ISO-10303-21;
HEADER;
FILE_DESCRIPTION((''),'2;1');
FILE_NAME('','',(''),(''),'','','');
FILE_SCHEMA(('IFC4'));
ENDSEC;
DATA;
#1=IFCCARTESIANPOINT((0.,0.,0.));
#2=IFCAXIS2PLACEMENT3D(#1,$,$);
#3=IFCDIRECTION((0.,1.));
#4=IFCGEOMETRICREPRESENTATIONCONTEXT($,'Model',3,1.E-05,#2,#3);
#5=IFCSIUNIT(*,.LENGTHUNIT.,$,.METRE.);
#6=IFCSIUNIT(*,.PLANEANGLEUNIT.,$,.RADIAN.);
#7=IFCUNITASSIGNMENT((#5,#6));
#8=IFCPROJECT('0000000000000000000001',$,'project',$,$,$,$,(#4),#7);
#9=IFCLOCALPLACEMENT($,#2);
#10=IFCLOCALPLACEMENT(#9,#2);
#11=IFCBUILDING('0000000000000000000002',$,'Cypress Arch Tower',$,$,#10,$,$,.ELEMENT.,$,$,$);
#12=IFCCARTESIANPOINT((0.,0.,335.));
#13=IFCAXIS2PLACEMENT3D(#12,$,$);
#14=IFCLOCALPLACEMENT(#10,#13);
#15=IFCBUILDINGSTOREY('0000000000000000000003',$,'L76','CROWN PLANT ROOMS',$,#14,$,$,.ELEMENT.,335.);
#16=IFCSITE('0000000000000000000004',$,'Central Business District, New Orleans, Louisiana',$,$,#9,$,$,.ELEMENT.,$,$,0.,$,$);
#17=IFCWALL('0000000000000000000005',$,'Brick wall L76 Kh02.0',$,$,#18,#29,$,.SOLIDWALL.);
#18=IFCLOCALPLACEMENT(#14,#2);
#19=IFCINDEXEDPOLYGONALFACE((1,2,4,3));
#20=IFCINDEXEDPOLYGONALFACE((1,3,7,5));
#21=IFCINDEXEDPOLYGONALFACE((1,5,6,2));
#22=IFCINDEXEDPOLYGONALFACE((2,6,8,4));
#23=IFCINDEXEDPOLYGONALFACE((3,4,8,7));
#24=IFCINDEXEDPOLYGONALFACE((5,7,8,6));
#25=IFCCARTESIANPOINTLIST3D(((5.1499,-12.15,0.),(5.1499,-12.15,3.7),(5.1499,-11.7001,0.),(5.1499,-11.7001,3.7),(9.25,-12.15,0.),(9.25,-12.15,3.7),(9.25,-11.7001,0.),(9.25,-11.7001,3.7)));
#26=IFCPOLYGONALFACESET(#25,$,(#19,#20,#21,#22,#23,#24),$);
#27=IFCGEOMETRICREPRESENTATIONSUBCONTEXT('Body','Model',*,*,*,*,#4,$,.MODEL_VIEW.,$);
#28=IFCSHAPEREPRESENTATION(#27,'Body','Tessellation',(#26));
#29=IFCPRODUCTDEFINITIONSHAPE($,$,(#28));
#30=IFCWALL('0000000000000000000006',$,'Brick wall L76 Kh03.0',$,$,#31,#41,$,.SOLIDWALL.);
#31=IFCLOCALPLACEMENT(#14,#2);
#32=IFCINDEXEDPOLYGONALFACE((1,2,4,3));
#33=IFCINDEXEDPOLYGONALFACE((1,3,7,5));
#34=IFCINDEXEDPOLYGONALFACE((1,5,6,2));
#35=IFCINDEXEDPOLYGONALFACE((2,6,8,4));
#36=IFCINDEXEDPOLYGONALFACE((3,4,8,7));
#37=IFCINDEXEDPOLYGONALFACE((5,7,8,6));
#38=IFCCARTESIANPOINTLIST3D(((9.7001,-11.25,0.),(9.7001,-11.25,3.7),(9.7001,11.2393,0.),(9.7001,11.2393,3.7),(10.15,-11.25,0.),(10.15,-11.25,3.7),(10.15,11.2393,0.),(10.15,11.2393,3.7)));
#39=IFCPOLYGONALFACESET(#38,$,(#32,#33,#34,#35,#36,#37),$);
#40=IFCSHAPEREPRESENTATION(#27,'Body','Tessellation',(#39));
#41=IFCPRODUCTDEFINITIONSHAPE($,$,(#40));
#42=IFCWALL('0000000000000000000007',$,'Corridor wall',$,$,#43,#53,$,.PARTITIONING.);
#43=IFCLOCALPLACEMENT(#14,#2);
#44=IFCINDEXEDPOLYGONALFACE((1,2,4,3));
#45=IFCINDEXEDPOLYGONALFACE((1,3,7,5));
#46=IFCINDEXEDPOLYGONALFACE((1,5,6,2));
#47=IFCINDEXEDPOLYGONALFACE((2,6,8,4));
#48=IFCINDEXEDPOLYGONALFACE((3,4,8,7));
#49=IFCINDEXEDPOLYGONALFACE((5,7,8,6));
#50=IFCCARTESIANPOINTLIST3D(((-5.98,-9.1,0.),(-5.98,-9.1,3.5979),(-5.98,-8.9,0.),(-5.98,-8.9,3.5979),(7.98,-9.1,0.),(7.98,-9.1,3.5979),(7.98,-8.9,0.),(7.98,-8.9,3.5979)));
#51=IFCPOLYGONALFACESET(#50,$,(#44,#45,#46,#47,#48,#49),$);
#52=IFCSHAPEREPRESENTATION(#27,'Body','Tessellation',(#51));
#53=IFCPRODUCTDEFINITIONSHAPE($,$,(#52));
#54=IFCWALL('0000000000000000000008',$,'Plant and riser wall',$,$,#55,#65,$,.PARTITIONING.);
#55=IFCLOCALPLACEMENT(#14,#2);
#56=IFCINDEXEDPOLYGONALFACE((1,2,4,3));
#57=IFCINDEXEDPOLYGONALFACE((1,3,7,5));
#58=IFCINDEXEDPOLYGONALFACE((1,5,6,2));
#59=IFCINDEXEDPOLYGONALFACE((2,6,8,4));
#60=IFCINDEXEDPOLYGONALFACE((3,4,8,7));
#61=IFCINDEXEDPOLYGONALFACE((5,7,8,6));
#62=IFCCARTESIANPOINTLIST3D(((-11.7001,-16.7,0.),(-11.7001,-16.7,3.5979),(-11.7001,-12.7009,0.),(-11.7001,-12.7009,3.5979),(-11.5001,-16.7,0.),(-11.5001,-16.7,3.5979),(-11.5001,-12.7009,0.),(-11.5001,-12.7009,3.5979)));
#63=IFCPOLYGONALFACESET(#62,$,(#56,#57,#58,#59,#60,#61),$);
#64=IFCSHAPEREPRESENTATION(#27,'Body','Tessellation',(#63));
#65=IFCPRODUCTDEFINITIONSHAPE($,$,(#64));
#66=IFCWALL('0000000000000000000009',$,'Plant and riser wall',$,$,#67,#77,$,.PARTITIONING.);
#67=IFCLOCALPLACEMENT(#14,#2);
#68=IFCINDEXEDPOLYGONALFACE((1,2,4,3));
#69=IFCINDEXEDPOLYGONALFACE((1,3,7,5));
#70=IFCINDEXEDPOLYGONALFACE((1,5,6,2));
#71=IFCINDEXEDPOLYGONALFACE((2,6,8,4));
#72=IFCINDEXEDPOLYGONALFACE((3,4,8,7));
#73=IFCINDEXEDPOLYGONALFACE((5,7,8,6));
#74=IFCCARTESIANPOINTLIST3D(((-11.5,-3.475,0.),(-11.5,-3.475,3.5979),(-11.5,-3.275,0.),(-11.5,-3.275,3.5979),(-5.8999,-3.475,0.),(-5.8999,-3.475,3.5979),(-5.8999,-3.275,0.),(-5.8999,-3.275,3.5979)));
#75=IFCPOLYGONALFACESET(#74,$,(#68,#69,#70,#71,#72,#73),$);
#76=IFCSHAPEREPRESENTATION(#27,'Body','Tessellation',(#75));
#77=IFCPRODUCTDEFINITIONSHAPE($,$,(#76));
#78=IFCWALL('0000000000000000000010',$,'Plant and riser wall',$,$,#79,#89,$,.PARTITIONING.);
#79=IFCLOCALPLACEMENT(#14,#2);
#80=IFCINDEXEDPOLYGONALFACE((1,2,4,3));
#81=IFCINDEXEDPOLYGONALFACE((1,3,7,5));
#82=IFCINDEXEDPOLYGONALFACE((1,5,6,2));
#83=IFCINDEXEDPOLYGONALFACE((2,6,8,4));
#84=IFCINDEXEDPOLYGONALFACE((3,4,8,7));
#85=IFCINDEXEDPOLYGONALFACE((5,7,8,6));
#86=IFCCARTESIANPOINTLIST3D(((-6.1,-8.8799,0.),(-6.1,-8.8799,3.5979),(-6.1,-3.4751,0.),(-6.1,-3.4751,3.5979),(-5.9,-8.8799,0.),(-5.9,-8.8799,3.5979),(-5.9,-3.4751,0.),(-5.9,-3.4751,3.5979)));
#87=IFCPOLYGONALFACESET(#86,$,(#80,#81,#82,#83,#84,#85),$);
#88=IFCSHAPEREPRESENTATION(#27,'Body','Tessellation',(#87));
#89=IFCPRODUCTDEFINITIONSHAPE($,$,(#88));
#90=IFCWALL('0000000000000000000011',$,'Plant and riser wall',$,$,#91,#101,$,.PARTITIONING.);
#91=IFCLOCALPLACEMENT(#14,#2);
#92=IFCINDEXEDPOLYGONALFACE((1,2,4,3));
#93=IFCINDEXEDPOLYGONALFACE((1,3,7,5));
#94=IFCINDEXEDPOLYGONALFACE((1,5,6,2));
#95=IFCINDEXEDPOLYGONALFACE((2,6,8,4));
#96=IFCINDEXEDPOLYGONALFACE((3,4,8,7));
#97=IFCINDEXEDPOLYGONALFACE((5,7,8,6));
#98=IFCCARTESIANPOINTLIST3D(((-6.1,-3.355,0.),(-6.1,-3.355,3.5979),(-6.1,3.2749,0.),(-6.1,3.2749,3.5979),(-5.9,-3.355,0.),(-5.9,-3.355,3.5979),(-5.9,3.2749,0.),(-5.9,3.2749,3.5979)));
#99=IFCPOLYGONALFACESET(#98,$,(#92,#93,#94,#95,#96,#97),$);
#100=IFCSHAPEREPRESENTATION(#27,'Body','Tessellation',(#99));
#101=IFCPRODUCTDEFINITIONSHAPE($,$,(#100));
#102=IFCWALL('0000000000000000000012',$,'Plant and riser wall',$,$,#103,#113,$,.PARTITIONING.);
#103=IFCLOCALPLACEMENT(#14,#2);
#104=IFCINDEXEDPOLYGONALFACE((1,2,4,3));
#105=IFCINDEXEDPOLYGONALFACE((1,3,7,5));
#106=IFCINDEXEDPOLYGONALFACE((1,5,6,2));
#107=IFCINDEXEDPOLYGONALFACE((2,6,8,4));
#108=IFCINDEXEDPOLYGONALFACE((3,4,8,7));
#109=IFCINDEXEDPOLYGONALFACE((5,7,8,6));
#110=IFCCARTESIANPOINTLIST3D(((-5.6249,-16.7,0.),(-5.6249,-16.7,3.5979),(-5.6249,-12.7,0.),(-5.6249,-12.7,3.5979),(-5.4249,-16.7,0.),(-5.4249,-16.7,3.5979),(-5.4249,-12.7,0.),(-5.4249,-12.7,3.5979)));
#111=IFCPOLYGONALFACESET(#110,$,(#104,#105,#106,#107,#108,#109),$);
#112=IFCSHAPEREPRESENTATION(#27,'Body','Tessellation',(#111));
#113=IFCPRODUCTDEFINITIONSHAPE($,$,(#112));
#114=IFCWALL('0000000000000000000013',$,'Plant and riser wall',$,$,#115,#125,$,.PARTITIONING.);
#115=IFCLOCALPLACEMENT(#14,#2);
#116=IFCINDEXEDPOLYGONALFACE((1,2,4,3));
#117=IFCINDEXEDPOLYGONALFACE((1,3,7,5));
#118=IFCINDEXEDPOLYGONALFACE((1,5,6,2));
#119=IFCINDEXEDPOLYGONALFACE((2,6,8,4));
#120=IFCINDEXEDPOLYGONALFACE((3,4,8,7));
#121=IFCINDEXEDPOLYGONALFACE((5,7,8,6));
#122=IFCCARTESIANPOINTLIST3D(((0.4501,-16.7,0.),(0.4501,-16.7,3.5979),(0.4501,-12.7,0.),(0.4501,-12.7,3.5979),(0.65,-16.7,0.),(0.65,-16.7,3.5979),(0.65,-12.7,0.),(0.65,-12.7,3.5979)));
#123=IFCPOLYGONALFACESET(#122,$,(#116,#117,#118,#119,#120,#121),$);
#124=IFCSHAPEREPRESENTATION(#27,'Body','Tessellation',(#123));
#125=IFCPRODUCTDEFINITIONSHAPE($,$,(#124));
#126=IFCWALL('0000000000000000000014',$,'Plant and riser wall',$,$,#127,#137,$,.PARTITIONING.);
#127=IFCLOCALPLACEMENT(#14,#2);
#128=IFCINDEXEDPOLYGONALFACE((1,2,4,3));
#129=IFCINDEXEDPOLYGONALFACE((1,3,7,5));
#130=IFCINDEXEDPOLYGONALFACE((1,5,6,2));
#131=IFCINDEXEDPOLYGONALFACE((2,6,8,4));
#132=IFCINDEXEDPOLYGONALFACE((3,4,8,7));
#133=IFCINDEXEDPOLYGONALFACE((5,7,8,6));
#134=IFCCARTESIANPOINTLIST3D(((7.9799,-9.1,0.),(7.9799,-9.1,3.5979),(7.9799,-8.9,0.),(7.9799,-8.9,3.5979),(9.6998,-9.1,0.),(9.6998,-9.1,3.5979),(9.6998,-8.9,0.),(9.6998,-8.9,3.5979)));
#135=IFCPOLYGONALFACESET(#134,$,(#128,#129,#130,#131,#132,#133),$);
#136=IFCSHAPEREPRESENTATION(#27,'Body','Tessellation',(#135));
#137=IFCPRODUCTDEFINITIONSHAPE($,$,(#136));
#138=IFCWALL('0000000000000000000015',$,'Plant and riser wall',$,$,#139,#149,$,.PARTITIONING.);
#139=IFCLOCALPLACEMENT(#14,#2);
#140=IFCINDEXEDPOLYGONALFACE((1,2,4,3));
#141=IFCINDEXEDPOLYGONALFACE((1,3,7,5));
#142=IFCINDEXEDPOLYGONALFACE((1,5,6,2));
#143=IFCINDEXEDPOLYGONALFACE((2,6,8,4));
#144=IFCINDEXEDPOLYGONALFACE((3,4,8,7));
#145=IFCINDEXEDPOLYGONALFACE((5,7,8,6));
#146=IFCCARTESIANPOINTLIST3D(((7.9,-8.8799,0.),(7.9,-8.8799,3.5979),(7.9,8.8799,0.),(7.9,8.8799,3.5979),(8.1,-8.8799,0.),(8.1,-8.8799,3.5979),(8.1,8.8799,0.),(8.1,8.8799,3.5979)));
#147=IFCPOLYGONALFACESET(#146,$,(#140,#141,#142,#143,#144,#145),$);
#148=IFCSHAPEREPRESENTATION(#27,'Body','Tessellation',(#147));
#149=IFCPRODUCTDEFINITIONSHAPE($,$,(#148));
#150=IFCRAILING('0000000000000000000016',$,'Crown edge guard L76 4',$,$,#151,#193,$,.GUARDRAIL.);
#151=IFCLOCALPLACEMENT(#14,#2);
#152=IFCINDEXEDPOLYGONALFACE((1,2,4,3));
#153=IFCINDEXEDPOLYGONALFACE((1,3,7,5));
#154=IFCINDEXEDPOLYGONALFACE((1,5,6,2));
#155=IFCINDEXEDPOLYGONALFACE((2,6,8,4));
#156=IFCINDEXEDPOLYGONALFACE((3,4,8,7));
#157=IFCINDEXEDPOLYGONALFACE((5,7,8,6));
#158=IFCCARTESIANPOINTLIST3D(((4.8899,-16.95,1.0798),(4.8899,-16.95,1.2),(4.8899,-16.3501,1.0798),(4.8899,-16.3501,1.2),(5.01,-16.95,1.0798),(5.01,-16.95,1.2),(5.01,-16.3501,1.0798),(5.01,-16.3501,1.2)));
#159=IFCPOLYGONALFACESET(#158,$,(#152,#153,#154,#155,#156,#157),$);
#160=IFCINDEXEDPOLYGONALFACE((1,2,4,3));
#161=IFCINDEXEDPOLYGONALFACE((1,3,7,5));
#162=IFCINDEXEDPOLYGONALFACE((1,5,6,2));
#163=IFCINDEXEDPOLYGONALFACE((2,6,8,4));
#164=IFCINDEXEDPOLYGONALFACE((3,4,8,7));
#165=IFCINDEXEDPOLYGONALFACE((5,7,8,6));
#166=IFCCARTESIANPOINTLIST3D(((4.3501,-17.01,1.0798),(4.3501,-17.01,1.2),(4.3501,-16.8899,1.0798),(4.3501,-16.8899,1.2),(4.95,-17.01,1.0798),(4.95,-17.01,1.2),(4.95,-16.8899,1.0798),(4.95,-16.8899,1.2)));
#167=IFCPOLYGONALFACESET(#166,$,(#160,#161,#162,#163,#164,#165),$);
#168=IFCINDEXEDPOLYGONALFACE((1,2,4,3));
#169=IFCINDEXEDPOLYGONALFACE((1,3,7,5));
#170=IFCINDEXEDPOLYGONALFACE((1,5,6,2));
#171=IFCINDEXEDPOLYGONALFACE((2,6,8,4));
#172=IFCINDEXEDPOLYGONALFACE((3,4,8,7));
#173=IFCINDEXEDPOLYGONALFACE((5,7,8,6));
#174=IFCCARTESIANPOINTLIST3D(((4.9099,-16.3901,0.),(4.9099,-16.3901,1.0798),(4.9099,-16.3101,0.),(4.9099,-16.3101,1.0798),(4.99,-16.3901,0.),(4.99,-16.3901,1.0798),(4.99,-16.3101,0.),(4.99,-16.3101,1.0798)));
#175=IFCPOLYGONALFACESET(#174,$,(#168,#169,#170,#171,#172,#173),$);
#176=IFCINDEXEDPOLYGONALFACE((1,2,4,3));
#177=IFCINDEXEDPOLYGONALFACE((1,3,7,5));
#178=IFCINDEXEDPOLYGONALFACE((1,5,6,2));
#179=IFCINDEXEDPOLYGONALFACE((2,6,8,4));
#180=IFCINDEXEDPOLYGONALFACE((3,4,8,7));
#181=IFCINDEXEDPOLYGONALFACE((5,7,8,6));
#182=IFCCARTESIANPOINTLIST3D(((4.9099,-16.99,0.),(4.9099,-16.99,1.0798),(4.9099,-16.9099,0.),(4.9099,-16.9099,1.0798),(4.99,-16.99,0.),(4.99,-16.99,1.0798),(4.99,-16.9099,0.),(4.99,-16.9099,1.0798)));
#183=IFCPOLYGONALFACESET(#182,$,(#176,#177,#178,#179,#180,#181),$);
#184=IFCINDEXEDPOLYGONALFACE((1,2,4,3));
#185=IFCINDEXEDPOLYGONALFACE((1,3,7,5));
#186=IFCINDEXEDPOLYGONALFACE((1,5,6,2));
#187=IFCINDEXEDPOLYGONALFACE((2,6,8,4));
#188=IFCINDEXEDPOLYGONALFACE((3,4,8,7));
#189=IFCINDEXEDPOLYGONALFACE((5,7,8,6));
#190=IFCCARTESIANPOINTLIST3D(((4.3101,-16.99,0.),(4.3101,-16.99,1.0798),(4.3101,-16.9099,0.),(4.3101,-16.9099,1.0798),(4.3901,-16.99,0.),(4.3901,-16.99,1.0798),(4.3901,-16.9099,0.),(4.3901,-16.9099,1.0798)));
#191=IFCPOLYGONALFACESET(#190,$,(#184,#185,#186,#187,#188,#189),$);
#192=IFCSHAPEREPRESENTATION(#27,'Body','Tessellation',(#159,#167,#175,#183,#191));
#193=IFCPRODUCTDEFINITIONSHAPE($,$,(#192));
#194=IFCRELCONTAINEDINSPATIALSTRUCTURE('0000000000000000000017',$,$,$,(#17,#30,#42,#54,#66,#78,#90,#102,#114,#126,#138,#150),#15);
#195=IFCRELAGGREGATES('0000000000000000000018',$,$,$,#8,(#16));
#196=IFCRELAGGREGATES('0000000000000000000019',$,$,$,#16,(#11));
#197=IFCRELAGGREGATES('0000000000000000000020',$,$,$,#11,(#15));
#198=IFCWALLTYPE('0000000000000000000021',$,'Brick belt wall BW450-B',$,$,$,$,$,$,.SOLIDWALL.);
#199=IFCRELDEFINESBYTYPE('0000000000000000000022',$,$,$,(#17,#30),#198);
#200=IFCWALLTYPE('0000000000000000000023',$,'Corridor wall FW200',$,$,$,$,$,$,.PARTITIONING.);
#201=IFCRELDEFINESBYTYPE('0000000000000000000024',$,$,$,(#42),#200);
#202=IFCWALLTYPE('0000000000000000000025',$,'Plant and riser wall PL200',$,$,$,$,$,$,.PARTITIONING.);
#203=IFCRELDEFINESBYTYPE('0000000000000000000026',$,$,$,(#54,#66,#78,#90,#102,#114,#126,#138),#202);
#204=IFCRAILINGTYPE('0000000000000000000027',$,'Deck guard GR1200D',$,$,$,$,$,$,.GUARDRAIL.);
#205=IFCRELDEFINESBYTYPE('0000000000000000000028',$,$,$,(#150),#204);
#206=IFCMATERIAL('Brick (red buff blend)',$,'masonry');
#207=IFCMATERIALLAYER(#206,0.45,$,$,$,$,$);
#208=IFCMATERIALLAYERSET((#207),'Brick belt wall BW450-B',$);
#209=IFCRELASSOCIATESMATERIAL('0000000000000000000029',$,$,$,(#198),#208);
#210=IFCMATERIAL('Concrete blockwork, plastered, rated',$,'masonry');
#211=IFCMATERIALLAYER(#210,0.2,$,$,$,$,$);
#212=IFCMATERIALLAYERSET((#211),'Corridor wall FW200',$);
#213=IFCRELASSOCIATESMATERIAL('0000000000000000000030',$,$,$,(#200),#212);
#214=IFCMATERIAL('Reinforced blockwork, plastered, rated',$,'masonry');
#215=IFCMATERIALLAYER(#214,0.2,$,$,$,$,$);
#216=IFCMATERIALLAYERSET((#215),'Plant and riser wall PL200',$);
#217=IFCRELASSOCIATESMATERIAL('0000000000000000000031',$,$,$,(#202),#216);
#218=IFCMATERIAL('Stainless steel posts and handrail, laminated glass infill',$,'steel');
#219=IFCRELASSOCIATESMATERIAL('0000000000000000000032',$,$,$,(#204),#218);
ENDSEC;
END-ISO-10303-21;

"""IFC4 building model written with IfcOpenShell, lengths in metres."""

from ifc_helpers import new_model, si_unit, direction, frame, frame_2d, origin, origin_2d, place, context, subcontext, project, spatial, rectangle, extrude, material, layer, layer_set, type_object, element, save


model = new_model("IFC4")

# Units and contexts
model_context = context("Model", 3, precision=1e-05, world=origin(), true_north=direction((0.0, 1.0)))
body_context = subcontext(model_context, "Body", "Model", "MODEL_VIEW")
ifc_project = project(units=[si_unit("LENGTHUNIT", "METRE"), si_unit("PLANEANGLEUNIT", "RADIAN")], contexts=[model_context])

# Site, building, storey
site_placement = place(None, origin())
site = spatial("IfcSite", under=ifc_project, at=site_placement, Name="Central Business District, New Orleans, Louisiana", CompositionType="ELEMENT", RefElevation=0.0)
building_placement = place(site_placement, origin())
building = spatial("IfcBuilding", under=site, at=building_placement, Name="Cypress Arch Tower", CompositionType="ELEMENT")
storey_placement = place(building_placement, frame((0.0, 0.0, 335.0)))
storey = spatial("IfcBuildingStorey", under=building, at=storey_placement, Name="L76", Description="CROWN PLANT ROOMS", CompositionType="ELEMENT", Elevation=335.0)

# Walls
ifc_material_1 = material(Name="Brick (red buff blend)", Category="masonry")
ifc_layer_1 = layer(ifc_material_1, 0.45)
ifc_layer_set_1 = layer_set([ifc_layer_1], Name="Brick belt wall BW450-B")
wall_type_1 = type_object("IfcWallType", Name="Brick belt wall BW450-B", PredefinedType="SOLIDWALL", material=ifc_layer_set_1)
for number, where, z_axis, x_axis, name in (
    (1, (5.1499, -11.925, 0.0), (0.0, 0.0, 1.0), (1.0, 0.0, 0.0), "Brick wall L76 Kh02.0"),
):
    element("IfcWall", number, at=place(storey_placement, frame(where, z_axis=z_axis, x_axis=x_axis)), inside=storey, type_object=wall_type_1, Name=name, PredefinedType="SOLIDWALL", context=body_context, shape_type="SweptSolid", body=[
        extrude(rectangle(XDim=4.1001, YDim=0.45, at=frame_2d((2.05, 0.0))), origin(), (0.0, 0.0, 1.0), 3.7),
    ])
wall_1_placement = place(storey_placement, frame((9.925, -11.25, 0.0), z_axis=(0.0, 0.0, 1.0), x_axis=(0.0, 1.0, 0.0)))
element("IfcWall", 2, at=wall_1_placement, inside=storey, type_object=wall_type_1, Name="Brick wall L76 Kh03.0", PredefinedType="SOLIDWALL", context=body_context, shape_type="SweptSolid", body=[
    extrude(rectangle(XDim=22.4893, YDim=0.45, at=frame_2d((11.2446, 0.0))), origin(), (0.0, 0.0, 1.0), 3.7),
])
ifc_material_2 = material(Name="Concrete blockwork, plastered, rated", Category="masonry")
ifc_layer_2 = layer(ifc_material_2, 0.2)
ifc_layer_set_2 = layer_set([ifc_layer_2], Name="Corridor wall FW200")
wall_type_2 = type_object("IfcWallType", Name="Corridor wall FW200", PredefinedType="PARTITIONING", material=ifc_layer_set_2)
wall_2_placement = place(storey_placement, frame((-5.98, -9.0, 0.0), z_axis=(0.0, 0.0, 1.0), x_axis=(1.0, 0.0, 0.0)))
element("IfcWall", 3, at=wall_2_placement, inside=storey, type_object=wall_type_2, Name="Corridor wall", PredefinedType="PARTITIONING", context=body_context, shape_type="SweptSolid", body=[
    extrude(rectangle(XDim=13.96, YDim=0.2, at=frame_2d((6.98, 0.0))), origin(), (0.0, 0.0, 1.0), 3.5979),
])
ifc_material_3 = material(Name="Reinforced blockwork, plastered, rated", Category="masonry")
ifc_layer_3 = layer(ifc_material_3, 0.2)
ifc_layer_set_3 = layer_set([ifc_layer_3], Name="Plant and riser wall PL200")
wall_type_3 = type_object("IfcWallType", Name="Plant and riser wall PL200", PredefinedType="PARTITIONING", material=ifc_layer_set_3)
wall_3_placement = place(storey_placement, frame((-11.6001, -16.7, 0.0), z_axis=(0.0, 0.0, 1.0), x_axis=(0.0, 1.0, 0.0)))
element("IfcWall", 4, at=wall_3_placement, inside=storey, type_object=wall_type_3, Name="Plant and riser wall", PredefinedType="PARTITIONING", context=body_context, shape_type="SweptSolid", body=[
    extrude(rectangle(XDim=3.999, YDim=0.2, at=frame_2d((1.9995, 0.0))), origin(), (0.0, 0.0, 1.0), 3.5979),
])

# Walls
wall_4_placement = place(storey_placement, frame((-11.5, -3.375, 0.0), z_axis=(0.0, 0.0, 1.0), x_axis=(1.0, 0.0, 0.0)))
element("IfcWall", 5, at=wall_4_placement, inside=storey, type_object=wall_type_3, Name="Plant and riser wall", PredefinedType="PARTITIONING", context=body_context, shape_type="SweptSolid", body=[
    extrude(rectangle(XDim=5.6001, YDim=0.2, at=frame_2d((2.8, 0.0))), origin(), (0.0, 0.0, 1.0), 3.5979),
])
wall_5_placement = place(storey_placement, frame((-6.0, -8.8799, 0.0), z_axis=(0.0, 0.0, 1.0), x_axis=(0.0, 1.0, 0.0)))
element("IfcWall", 6, at=wall_5_placement, inside=storey, type_object=wall_type_3, Name="Plant and riser wall", PredefinedType="PARTITIONING", context=body_context, shape_type="SweptSolid", body=[
    extrude(rectangle(XDim=5.4048, YDim=0.2, at=frame_2d((2.7024, 0.0))), origin(), (0.0, 0.0, 1.0), 3.5979),
])
wall_6_placement = place(storey_placement, frame((-6.0, -3.355, 0.0), z_axis=(0.0, 0.0, 1.0), x_axis=(0.0, 1.0, 0.0)))
element("IfcWall", 7, at=wall_6_placement, inside=storey, type_object=wall_type_3, Name="Plant and riser wall", PredefinedType="PARTITIONING", context=body_context, shape_type="SweptSolid", body=[
    extrude(rectangle(XDim=6.6299, YDim=0.2, at=frame_2d((3.3149, 0.0))), origin(), (0.0, 0.0, 1.0), 3.5979),
])
for number, where, z_axis, x_axis, name in (
    (8, (-5.5249, -16.7, 0.0), (0.0, 0.0, 1.0), (0.0, 1.0, 0.0), "Plant and riser wall"),
    (9, (0.55, -16.7, 0.0), (0.0, 0.0, 1.0), (0.0, 1.0, 0.0), "Plant and riser wall"),
):
    element("IfcWall", number, at=place(storey_placement, frame(where, z_axis=z_axis, x_axis=x_axis)), inside=storey, type_object=wall_type_3, Name=name, PredefinedType="PARTITIONING", context=body_context, shape_type="SweptSolid", body=[
        extrude(rectangle(XDim=4.0, YDim=0.2, at=frame_2d((2.0, 0.0))), origin(), (0.0, 0.0, 1.0), 3.5979),
    ])
wall_7_placement = place(storey_placement, frame((7.98, -9.0, 0.0), z_axis=(0.0, 0.0, 1.0), x_axis=(1.0, 0.0, 0.0)))
element("IfcWall", 10, at=wall_7_placement, inside=storey, type_object=wall_type_3, Name="Plant and riser wall", PredefinedType="PARTITIONING", context=body_context, shape_type="SweptSolid", body=[
    extrude(rectangle(XDim=1.72, YDim=0.2, at=frame_2d((0.8599, 0.0))), origin(), (0.0, 0.0, 1.0), 3.5979),
])
wall_8_placement = place(storey_placement, frame((8.0, -8.8799, 0.0), z_axis=(0.0, 0.0, 1.0), x_axis=(0.0, 1.0, 0.0)))
element("IfcWall", 11, at=wall_8_placement, inside=storey, type_object=wall_type_3, Name="Plant and riser wall", PredefinedType="PARTITIONING", context=body_context, shape_type="SweptSolid", body=[
    extrude(rectangle(XDim=17.7598, YDim=0.2, at=frame_2d((8.8799, 0.0))), origin(), (0.0, 0.0, 1.0), 3.5979),
])

# Railing
ifc_material_4 = material(Name="Stainless steel posts and handrail, laminated glass infill", Category="steel")
railing_type_1 = type_object("IfcRailingType", Name="Deck guard GR1200D", PredefinedType="GUARDRAIL", material=ifc_material_4)
railing_1_placement = place(storey_placement, frame((4.95, -16.3501, 0.0)))
element("IfcRailing", 12, at=railing_1_placement, inside=storey, type_object=railing_type_1, Name="Crown edge guard L76 4", PredefinedType="GUARDRAIL", context=body_context, shape_type="SweptSolid", body=[
    extrude(rectangle(XDim=0.1201, YDim=0.1201, at=origin_2d()), frame((0.0, 0.0, 1.1399), z_axis=(0.0, -1.0, 0.0), x_axis=(1.0, 0.0, 0.0)), (0.0, 0.0, 1.0), 0.5999),
    extrude(rectangle(XDim=0.1201, YDim=0.1201, at=origin_2d()), frame((0.0, -0.5999, 1.1399), z_axis=(-1.0, 0.0, 0.0), x_axis=(0.0, -1.0, 0.0)), (0.0, 0.0, 1.0), 0.5999),
    extrude(rectangle(XDim=0.0801, YDim=0.0801, at=origin_2d()), origin(), (0.0, 0.0, 1.0), 1.0798),
    extrude(rectangle(XDim=0.0801, YDim=0.0801, at=origin_2d()), frame((0.0, -0.5999, 0.0)), (0.0, 0.0, 1.0), 1.0798),
    extrude(rectangle(XDim=0.0801, YDim=0.0801, at=origin_2d()), frame((-0.5999, -0.5999, 0.0)), (0.0, 0.0, 1.0), 1.0798),
])

save(model, "model.ifc")
